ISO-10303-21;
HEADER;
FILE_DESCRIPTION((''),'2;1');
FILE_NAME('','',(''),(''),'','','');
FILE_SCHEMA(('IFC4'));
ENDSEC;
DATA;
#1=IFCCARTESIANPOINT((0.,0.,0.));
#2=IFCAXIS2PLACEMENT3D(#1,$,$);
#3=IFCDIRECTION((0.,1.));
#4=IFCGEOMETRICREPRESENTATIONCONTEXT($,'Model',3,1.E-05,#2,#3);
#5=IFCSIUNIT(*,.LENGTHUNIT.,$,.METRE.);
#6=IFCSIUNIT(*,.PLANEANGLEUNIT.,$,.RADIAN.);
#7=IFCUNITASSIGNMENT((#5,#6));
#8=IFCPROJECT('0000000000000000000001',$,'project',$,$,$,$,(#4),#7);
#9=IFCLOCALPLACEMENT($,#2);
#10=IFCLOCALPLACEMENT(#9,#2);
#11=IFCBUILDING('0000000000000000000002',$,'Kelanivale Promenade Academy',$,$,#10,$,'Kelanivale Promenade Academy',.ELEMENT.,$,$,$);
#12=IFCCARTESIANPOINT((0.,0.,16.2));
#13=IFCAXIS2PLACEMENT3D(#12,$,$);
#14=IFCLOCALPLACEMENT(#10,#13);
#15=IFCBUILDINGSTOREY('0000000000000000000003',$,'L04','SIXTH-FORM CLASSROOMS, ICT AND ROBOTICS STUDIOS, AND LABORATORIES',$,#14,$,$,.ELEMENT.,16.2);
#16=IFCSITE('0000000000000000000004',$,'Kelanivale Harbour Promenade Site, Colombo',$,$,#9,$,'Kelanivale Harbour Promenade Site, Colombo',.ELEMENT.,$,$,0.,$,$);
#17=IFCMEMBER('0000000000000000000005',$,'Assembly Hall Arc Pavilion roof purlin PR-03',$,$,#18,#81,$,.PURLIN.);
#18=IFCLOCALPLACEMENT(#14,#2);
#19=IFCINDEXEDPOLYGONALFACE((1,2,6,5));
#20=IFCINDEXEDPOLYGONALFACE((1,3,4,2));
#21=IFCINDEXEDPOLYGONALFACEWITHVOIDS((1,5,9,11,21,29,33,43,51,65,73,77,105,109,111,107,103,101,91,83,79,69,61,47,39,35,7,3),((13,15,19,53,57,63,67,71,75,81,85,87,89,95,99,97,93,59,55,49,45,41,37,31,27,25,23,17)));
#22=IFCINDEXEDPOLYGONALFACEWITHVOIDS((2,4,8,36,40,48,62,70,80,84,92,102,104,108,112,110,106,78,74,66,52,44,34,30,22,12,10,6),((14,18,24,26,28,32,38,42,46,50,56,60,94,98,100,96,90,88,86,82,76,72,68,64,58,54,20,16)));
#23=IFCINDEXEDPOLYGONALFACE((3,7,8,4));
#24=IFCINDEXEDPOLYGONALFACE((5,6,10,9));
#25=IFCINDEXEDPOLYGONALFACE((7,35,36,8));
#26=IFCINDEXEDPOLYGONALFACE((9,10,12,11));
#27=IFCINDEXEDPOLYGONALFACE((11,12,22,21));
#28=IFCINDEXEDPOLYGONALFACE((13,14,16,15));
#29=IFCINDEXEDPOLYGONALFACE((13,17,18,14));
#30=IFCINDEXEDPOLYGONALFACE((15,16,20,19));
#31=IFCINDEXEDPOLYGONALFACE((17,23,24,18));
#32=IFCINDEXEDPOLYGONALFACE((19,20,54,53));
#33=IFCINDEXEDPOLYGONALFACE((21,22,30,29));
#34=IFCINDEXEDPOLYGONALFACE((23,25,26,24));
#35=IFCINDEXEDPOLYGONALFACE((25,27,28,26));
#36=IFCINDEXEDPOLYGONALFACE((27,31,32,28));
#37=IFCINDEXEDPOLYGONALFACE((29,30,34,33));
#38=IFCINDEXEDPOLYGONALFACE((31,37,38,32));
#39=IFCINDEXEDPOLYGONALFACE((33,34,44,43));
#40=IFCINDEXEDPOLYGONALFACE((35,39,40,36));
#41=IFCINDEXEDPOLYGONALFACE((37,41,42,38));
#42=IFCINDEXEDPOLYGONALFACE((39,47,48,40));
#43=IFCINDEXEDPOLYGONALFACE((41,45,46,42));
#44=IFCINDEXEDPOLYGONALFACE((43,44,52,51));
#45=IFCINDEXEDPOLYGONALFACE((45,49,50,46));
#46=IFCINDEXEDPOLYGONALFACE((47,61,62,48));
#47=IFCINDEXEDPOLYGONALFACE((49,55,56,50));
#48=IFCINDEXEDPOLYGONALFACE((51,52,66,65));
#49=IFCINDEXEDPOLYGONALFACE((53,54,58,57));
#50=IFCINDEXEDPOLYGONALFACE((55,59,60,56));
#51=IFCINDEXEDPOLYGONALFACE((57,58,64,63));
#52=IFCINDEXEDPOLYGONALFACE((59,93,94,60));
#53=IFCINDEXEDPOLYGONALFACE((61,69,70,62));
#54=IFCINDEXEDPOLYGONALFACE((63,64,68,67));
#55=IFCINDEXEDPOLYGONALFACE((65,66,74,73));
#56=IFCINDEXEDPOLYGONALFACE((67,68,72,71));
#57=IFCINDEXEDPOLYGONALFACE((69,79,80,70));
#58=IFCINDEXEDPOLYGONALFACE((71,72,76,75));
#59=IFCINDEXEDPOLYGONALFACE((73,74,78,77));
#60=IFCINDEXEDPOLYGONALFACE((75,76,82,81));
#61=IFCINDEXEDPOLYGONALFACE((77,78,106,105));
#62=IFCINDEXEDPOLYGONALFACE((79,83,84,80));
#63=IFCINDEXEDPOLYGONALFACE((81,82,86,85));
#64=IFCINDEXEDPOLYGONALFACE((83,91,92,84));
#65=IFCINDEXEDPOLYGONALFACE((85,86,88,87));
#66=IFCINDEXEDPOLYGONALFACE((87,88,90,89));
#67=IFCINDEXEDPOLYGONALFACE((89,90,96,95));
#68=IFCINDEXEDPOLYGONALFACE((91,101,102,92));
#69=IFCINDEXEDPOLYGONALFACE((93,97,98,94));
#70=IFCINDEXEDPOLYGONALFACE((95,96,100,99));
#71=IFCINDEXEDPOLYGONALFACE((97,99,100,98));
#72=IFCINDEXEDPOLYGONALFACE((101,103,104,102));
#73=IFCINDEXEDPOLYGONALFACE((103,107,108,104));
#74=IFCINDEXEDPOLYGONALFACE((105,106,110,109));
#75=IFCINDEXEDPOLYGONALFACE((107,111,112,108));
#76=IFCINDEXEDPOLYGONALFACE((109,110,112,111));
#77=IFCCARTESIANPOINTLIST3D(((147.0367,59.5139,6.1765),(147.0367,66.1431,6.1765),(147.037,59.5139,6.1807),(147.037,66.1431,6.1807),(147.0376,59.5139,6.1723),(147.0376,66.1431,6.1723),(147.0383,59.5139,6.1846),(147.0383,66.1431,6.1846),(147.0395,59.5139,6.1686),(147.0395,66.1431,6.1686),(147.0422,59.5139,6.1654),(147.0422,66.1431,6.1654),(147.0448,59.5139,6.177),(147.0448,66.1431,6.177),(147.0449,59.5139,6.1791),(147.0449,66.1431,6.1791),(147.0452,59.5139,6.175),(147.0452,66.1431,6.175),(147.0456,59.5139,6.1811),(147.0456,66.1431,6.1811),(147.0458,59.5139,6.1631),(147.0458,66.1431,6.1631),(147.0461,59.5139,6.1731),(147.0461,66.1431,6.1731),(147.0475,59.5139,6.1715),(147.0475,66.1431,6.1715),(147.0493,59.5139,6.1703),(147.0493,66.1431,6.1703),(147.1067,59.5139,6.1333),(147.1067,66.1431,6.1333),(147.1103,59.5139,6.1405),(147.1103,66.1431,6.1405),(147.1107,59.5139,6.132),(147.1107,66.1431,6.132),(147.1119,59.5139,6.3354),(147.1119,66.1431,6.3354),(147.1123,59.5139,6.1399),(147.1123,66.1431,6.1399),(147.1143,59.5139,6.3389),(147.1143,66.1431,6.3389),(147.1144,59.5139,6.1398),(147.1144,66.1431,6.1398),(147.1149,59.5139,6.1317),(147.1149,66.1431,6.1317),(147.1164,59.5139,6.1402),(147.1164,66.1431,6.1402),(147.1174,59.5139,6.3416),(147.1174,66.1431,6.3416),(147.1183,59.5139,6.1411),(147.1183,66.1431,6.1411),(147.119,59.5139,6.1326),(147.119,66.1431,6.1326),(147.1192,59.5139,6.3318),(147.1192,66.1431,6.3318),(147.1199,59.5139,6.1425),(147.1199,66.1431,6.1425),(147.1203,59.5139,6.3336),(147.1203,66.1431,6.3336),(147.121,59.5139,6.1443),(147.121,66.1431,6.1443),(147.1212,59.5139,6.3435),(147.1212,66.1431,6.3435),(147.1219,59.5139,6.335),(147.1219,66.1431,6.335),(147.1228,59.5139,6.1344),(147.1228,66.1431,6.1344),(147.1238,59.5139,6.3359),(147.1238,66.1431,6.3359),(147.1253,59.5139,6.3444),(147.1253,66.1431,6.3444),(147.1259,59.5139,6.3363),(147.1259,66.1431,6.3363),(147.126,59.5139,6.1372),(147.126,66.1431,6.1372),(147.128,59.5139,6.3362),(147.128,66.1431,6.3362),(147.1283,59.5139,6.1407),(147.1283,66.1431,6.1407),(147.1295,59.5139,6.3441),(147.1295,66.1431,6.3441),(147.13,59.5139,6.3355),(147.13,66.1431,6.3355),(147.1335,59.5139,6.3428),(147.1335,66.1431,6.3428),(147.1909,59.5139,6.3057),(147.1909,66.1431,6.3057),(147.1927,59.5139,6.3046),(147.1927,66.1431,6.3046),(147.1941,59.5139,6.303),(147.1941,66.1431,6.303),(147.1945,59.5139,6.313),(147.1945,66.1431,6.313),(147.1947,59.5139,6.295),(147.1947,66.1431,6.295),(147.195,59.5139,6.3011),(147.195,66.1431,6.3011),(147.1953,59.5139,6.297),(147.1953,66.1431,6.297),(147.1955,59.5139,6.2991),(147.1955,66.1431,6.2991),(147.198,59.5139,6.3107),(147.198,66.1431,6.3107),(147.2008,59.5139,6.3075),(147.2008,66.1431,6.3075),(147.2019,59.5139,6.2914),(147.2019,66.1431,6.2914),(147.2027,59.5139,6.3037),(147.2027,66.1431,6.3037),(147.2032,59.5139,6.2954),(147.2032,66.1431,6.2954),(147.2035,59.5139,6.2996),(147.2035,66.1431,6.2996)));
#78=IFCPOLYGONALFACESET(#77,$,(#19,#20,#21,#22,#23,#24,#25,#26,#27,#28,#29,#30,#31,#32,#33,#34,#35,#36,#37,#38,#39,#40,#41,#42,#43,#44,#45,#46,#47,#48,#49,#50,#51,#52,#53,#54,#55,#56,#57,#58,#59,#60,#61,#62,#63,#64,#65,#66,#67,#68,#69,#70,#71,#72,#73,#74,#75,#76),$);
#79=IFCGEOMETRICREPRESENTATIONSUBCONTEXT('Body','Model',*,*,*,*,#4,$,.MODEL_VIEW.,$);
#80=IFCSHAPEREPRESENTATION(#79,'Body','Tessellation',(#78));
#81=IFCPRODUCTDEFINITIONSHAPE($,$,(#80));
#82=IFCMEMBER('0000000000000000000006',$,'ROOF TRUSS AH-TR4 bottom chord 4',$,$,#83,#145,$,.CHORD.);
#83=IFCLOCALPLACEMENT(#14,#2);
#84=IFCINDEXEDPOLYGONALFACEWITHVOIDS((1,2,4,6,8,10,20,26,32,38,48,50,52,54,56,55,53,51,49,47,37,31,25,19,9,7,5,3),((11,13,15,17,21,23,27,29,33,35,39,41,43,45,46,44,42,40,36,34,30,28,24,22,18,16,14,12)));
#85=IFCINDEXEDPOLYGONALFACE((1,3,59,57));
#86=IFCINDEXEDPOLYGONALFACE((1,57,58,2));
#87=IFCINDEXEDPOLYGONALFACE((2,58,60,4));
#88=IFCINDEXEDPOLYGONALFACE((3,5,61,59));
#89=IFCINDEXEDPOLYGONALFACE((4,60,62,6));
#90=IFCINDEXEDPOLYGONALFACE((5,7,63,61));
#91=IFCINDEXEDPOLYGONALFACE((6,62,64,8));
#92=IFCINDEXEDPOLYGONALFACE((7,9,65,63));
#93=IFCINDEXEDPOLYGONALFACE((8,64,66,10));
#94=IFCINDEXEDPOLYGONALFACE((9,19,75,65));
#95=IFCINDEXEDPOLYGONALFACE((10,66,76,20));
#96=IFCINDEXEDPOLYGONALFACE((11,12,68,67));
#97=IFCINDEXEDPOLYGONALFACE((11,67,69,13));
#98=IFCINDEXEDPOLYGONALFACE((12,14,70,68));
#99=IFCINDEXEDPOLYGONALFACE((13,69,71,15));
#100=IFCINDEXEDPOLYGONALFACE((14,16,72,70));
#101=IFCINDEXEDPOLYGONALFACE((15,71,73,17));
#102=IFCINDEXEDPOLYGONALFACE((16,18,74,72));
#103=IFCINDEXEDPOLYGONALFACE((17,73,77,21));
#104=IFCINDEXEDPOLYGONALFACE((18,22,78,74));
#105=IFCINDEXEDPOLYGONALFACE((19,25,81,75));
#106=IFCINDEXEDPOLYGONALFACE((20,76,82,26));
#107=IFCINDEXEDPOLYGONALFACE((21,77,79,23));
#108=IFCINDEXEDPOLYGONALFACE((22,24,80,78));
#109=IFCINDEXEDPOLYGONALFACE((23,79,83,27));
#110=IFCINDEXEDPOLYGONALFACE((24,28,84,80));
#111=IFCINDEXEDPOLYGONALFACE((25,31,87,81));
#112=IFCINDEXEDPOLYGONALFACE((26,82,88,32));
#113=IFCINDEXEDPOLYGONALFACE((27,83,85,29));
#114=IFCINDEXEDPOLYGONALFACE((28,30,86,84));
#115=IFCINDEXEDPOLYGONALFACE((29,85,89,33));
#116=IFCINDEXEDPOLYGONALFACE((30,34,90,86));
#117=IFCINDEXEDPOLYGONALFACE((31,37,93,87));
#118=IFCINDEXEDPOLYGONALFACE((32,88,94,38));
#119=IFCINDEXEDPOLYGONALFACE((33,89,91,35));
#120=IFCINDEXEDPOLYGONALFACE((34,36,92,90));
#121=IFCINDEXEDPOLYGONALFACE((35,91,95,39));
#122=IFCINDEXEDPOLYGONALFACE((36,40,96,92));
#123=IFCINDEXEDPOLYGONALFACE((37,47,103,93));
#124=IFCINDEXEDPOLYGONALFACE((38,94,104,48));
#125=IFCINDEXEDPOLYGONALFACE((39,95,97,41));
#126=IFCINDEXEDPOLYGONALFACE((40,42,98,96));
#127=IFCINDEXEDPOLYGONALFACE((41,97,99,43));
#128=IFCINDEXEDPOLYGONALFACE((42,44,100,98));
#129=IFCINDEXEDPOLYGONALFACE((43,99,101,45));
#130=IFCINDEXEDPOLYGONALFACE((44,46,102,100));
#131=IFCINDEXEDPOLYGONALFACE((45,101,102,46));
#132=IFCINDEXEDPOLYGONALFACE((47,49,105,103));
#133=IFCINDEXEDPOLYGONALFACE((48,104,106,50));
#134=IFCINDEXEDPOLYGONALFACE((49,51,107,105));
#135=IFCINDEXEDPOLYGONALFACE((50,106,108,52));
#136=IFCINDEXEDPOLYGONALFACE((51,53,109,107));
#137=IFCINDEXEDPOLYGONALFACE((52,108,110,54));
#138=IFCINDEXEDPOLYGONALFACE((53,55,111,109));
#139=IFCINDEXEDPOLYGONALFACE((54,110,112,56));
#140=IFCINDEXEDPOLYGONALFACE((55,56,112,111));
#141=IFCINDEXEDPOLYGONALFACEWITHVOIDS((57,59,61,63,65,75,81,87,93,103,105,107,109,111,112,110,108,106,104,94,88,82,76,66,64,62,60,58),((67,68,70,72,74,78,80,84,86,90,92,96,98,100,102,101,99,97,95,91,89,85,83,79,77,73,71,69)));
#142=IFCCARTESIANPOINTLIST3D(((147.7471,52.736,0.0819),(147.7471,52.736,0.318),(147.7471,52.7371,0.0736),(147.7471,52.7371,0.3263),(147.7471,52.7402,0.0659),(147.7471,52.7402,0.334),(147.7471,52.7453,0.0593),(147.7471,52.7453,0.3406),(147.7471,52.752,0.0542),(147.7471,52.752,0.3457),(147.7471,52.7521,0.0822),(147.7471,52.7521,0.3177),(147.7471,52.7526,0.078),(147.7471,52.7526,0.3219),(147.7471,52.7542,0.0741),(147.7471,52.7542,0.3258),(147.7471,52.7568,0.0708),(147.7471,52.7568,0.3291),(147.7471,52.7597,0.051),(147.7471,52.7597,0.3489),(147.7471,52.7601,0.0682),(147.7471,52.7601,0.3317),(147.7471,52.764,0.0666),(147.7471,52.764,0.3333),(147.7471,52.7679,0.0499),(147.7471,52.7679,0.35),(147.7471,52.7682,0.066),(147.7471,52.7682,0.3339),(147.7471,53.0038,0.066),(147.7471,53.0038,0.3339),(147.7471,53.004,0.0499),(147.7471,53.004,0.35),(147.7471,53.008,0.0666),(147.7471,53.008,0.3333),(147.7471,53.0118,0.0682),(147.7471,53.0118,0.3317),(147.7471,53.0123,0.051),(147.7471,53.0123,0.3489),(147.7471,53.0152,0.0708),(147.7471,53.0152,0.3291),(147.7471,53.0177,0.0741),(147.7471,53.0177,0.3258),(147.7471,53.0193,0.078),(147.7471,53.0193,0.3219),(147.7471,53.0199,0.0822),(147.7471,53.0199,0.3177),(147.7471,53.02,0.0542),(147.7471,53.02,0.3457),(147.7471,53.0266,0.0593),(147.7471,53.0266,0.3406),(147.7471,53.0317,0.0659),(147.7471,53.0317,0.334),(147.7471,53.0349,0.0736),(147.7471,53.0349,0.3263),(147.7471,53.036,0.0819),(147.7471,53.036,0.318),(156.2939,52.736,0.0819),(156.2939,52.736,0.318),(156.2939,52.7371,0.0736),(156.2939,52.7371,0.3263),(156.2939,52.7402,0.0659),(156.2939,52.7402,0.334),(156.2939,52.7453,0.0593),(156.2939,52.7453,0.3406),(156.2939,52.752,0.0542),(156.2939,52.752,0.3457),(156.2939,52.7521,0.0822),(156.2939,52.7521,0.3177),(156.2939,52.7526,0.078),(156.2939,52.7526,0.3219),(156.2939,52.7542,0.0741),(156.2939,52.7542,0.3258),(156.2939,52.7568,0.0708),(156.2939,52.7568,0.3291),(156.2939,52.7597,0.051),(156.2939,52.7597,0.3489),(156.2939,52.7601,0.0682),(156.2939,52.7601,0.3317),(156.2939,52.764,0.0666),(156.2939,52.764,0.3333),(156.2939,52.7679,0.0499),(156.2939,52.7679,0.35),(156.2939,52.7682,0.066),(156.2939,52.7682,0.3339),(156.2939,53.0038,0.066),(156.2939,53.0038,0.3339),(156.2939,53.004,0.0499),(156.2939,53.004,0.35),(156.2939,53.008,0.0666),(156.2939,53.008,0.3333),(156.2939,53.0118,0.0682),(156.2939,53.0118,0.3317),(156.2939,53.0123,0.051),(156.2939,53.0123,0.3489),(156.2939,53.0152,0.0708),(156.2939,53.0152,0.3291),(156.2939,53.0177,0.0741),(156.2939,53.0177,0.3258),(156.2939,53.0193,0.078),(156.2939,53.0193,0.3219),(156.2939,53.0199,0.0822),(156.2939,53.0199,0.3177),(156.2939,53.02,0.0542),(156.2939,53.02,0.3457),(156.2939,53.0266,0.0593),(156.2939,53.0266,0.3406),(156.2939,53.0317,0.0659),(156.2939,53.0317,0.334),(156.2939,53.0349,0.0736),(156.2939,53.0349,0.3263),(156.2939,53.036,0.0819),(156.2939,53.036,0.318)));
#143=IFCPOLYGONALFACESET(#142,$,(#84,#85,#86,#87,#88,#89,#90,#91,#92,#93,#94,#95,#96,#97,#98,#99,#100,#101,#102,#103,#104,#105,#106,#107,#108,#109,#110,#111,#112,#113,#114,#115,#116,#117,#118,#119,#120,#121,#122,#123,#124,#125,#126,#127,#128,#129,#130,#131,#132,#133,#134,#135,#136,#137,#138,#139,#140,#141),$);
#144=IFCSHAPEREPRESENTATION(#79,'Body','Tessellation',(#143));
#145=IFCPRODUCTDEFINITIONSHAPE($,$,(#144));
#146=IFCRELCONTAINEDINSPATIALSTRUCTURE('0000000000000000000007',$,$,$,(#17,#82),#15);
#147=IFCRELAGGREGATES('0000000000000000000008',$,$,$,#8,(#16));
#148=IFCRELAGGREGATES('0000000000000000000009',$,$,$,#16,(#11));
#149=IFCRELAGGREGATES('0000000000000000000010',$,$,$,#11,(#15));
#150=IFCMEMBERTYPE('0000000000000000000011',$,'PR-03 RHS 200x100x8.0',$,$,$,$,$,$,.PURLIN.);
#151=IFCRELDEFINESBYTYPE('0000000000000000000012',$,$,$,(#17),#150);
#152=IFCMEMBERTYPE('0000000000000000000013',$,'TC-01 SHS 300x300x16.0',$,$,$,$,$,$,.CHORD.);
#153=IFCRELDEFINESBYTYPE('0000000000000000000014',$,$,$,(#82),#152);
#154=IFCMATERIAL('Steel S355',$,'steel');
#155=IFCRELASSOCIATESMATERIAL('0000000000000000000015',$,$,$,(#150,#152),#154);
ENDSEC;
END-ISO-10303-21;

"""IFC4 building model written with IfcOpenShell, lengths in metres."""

from ifc_helpers import new_model, si_unit, direction, frame, origin, origin_2d, place, context, subcontext, project, spatial, hollow_rectangle, extrude, material, material_profile, profile_set, type_object, element, save


model = new_model("IFC4")

# Units and contexts
model_context = context("Model", 3, precision=1e-05, world=origin(), true_north=direction((0.0, 1.0)))
body_context = subcontext(model_context, "Body", "Model", "MODEL_VIEW")
ifc_project = project(units=[si_unit("LENGTHUNIT", "METRE"), si_unit("PLANEANGLEUNIT", "RADIAN")], contexts=[model_context])

# Site, building, storey
site_placement = place(None, origin())
site = spatial("IfcSite", under=ifc_project, at=site_placement, Name="Kelanivale Harbour Promenade Site, Colombo", LongName="Kelanivale Harbour Promenade Site, Colombo", CompositionType="ELEMENT", RefElevation=0.0)
building_placement = place(site_placement, origin())
building = spatial("IfcBuilding", under=site, at=building_placement, Name="Kelanivale Promenade Academy", LongName="Kelanivale Promenade Academy", CompositionType="ELEMENT")
storey_placement = place(building_placement, frame((0.0, 0.0, 16.2)))
storey = spatial("IfcBuildingStorey", under=building, at=storey_placement, Name="L04", Description="SIXTH-FORM CLASSROOMS, ICT AND ROBOTICS STUDIOS, AND LABORATORIES", CompositionType="ELEMENT", Elevation=16.2)

# Members
ifc_material_1 = material(Name="Steel S355", Category="steel")
ifc_material_profile_1 = material_profile(ifc_material_1, hollow_rectangle(XDim=0.1001, YDim=0.2, WallThickness=0.0081, InnerFilletRadius=0.0081, OuterFilletRadius=0.0161, at=origin_2d()), Name="RHS 200x100x8.0")
ifc_profile_set_1 = profile_set([ifc_material_profile_1], Name="Steel S355")
member_type_1 = type_object("IfcMemberType", Name="PR-03 RHS 200x100x8.0", PredefinedType="PURLIN", material=ifc_profile_set_1)
for number, where, z_axis, x_axis, name in (
    (1, (147.1201, 59.5139, 6.238), (0.0, 1.0, 0.0), (-0.898564, 0.0, 0.438842), "Assembly Hall Arc Pavilion roof purlin PR-03"),
):
    element("IfcMember", number, at=place(storey_placement, frame(where, z_axis=z_axis, x_axis=x_axis)), inside=storey, type_object=member_type_1, Name=name, PredefinedType="PURLIN", context=body_context, shape_type="SweptSolid", body=[
        extrude(hollow_rectangle(XDim=0.1001, YDim=0.2, WallThickness=0.0081, InnerFilletRadius=0.0081, OuterFilletRadius=0.0161, at=origin_2d()), origin(), (0.0, 0.0, 1.0), 6.6292),
    ])
ifc_material_profile_2 = material_profile(ifc_material_1, hollow_rectangle(XDim=0.3, YDim=0.3, WallThickness=0.0161, InnerFilletRadius=0.0161, OuterFilletRadius=0.032, at=origin_2d()), Name="SHS 300x300x16.0")
ifc_profile_set_2 = profile_set([ifc_material_profile_2], Name="Steel S355")
member_type_2 = type_object("IfcMemberType", Name="TC-01 SHS 300x300x16.0", PredefinedType="CHORD", material=ifc_profile_set_2)
member_1_placement = place(storey_placement, frame((147.7471, 52.886, 0.2), z_axis=(1.0, 0.0, 0.0), x_axis=(0.0, 1.0, 0.0)))
element("IfcMember", 2, at=member_1_placement, inside=storey, type_object=member_type_2, Name="ROOF TRUSS AH-TR4 bottom chord 4", PredefinedType="CHORD", context=body_context, shape_type="SweptSolid", body=[
    extrude(hollow_rectangle(XDim=0.3, YDim=0.3, WallThickness=0.0161, InnerFilletRadius=0.0161, OuterFilletRadius=0.032, at=origin_2d()), origin(), (0.0, 0.0, 1.0), 8.5469),
])

save(model, "model.ifc")
